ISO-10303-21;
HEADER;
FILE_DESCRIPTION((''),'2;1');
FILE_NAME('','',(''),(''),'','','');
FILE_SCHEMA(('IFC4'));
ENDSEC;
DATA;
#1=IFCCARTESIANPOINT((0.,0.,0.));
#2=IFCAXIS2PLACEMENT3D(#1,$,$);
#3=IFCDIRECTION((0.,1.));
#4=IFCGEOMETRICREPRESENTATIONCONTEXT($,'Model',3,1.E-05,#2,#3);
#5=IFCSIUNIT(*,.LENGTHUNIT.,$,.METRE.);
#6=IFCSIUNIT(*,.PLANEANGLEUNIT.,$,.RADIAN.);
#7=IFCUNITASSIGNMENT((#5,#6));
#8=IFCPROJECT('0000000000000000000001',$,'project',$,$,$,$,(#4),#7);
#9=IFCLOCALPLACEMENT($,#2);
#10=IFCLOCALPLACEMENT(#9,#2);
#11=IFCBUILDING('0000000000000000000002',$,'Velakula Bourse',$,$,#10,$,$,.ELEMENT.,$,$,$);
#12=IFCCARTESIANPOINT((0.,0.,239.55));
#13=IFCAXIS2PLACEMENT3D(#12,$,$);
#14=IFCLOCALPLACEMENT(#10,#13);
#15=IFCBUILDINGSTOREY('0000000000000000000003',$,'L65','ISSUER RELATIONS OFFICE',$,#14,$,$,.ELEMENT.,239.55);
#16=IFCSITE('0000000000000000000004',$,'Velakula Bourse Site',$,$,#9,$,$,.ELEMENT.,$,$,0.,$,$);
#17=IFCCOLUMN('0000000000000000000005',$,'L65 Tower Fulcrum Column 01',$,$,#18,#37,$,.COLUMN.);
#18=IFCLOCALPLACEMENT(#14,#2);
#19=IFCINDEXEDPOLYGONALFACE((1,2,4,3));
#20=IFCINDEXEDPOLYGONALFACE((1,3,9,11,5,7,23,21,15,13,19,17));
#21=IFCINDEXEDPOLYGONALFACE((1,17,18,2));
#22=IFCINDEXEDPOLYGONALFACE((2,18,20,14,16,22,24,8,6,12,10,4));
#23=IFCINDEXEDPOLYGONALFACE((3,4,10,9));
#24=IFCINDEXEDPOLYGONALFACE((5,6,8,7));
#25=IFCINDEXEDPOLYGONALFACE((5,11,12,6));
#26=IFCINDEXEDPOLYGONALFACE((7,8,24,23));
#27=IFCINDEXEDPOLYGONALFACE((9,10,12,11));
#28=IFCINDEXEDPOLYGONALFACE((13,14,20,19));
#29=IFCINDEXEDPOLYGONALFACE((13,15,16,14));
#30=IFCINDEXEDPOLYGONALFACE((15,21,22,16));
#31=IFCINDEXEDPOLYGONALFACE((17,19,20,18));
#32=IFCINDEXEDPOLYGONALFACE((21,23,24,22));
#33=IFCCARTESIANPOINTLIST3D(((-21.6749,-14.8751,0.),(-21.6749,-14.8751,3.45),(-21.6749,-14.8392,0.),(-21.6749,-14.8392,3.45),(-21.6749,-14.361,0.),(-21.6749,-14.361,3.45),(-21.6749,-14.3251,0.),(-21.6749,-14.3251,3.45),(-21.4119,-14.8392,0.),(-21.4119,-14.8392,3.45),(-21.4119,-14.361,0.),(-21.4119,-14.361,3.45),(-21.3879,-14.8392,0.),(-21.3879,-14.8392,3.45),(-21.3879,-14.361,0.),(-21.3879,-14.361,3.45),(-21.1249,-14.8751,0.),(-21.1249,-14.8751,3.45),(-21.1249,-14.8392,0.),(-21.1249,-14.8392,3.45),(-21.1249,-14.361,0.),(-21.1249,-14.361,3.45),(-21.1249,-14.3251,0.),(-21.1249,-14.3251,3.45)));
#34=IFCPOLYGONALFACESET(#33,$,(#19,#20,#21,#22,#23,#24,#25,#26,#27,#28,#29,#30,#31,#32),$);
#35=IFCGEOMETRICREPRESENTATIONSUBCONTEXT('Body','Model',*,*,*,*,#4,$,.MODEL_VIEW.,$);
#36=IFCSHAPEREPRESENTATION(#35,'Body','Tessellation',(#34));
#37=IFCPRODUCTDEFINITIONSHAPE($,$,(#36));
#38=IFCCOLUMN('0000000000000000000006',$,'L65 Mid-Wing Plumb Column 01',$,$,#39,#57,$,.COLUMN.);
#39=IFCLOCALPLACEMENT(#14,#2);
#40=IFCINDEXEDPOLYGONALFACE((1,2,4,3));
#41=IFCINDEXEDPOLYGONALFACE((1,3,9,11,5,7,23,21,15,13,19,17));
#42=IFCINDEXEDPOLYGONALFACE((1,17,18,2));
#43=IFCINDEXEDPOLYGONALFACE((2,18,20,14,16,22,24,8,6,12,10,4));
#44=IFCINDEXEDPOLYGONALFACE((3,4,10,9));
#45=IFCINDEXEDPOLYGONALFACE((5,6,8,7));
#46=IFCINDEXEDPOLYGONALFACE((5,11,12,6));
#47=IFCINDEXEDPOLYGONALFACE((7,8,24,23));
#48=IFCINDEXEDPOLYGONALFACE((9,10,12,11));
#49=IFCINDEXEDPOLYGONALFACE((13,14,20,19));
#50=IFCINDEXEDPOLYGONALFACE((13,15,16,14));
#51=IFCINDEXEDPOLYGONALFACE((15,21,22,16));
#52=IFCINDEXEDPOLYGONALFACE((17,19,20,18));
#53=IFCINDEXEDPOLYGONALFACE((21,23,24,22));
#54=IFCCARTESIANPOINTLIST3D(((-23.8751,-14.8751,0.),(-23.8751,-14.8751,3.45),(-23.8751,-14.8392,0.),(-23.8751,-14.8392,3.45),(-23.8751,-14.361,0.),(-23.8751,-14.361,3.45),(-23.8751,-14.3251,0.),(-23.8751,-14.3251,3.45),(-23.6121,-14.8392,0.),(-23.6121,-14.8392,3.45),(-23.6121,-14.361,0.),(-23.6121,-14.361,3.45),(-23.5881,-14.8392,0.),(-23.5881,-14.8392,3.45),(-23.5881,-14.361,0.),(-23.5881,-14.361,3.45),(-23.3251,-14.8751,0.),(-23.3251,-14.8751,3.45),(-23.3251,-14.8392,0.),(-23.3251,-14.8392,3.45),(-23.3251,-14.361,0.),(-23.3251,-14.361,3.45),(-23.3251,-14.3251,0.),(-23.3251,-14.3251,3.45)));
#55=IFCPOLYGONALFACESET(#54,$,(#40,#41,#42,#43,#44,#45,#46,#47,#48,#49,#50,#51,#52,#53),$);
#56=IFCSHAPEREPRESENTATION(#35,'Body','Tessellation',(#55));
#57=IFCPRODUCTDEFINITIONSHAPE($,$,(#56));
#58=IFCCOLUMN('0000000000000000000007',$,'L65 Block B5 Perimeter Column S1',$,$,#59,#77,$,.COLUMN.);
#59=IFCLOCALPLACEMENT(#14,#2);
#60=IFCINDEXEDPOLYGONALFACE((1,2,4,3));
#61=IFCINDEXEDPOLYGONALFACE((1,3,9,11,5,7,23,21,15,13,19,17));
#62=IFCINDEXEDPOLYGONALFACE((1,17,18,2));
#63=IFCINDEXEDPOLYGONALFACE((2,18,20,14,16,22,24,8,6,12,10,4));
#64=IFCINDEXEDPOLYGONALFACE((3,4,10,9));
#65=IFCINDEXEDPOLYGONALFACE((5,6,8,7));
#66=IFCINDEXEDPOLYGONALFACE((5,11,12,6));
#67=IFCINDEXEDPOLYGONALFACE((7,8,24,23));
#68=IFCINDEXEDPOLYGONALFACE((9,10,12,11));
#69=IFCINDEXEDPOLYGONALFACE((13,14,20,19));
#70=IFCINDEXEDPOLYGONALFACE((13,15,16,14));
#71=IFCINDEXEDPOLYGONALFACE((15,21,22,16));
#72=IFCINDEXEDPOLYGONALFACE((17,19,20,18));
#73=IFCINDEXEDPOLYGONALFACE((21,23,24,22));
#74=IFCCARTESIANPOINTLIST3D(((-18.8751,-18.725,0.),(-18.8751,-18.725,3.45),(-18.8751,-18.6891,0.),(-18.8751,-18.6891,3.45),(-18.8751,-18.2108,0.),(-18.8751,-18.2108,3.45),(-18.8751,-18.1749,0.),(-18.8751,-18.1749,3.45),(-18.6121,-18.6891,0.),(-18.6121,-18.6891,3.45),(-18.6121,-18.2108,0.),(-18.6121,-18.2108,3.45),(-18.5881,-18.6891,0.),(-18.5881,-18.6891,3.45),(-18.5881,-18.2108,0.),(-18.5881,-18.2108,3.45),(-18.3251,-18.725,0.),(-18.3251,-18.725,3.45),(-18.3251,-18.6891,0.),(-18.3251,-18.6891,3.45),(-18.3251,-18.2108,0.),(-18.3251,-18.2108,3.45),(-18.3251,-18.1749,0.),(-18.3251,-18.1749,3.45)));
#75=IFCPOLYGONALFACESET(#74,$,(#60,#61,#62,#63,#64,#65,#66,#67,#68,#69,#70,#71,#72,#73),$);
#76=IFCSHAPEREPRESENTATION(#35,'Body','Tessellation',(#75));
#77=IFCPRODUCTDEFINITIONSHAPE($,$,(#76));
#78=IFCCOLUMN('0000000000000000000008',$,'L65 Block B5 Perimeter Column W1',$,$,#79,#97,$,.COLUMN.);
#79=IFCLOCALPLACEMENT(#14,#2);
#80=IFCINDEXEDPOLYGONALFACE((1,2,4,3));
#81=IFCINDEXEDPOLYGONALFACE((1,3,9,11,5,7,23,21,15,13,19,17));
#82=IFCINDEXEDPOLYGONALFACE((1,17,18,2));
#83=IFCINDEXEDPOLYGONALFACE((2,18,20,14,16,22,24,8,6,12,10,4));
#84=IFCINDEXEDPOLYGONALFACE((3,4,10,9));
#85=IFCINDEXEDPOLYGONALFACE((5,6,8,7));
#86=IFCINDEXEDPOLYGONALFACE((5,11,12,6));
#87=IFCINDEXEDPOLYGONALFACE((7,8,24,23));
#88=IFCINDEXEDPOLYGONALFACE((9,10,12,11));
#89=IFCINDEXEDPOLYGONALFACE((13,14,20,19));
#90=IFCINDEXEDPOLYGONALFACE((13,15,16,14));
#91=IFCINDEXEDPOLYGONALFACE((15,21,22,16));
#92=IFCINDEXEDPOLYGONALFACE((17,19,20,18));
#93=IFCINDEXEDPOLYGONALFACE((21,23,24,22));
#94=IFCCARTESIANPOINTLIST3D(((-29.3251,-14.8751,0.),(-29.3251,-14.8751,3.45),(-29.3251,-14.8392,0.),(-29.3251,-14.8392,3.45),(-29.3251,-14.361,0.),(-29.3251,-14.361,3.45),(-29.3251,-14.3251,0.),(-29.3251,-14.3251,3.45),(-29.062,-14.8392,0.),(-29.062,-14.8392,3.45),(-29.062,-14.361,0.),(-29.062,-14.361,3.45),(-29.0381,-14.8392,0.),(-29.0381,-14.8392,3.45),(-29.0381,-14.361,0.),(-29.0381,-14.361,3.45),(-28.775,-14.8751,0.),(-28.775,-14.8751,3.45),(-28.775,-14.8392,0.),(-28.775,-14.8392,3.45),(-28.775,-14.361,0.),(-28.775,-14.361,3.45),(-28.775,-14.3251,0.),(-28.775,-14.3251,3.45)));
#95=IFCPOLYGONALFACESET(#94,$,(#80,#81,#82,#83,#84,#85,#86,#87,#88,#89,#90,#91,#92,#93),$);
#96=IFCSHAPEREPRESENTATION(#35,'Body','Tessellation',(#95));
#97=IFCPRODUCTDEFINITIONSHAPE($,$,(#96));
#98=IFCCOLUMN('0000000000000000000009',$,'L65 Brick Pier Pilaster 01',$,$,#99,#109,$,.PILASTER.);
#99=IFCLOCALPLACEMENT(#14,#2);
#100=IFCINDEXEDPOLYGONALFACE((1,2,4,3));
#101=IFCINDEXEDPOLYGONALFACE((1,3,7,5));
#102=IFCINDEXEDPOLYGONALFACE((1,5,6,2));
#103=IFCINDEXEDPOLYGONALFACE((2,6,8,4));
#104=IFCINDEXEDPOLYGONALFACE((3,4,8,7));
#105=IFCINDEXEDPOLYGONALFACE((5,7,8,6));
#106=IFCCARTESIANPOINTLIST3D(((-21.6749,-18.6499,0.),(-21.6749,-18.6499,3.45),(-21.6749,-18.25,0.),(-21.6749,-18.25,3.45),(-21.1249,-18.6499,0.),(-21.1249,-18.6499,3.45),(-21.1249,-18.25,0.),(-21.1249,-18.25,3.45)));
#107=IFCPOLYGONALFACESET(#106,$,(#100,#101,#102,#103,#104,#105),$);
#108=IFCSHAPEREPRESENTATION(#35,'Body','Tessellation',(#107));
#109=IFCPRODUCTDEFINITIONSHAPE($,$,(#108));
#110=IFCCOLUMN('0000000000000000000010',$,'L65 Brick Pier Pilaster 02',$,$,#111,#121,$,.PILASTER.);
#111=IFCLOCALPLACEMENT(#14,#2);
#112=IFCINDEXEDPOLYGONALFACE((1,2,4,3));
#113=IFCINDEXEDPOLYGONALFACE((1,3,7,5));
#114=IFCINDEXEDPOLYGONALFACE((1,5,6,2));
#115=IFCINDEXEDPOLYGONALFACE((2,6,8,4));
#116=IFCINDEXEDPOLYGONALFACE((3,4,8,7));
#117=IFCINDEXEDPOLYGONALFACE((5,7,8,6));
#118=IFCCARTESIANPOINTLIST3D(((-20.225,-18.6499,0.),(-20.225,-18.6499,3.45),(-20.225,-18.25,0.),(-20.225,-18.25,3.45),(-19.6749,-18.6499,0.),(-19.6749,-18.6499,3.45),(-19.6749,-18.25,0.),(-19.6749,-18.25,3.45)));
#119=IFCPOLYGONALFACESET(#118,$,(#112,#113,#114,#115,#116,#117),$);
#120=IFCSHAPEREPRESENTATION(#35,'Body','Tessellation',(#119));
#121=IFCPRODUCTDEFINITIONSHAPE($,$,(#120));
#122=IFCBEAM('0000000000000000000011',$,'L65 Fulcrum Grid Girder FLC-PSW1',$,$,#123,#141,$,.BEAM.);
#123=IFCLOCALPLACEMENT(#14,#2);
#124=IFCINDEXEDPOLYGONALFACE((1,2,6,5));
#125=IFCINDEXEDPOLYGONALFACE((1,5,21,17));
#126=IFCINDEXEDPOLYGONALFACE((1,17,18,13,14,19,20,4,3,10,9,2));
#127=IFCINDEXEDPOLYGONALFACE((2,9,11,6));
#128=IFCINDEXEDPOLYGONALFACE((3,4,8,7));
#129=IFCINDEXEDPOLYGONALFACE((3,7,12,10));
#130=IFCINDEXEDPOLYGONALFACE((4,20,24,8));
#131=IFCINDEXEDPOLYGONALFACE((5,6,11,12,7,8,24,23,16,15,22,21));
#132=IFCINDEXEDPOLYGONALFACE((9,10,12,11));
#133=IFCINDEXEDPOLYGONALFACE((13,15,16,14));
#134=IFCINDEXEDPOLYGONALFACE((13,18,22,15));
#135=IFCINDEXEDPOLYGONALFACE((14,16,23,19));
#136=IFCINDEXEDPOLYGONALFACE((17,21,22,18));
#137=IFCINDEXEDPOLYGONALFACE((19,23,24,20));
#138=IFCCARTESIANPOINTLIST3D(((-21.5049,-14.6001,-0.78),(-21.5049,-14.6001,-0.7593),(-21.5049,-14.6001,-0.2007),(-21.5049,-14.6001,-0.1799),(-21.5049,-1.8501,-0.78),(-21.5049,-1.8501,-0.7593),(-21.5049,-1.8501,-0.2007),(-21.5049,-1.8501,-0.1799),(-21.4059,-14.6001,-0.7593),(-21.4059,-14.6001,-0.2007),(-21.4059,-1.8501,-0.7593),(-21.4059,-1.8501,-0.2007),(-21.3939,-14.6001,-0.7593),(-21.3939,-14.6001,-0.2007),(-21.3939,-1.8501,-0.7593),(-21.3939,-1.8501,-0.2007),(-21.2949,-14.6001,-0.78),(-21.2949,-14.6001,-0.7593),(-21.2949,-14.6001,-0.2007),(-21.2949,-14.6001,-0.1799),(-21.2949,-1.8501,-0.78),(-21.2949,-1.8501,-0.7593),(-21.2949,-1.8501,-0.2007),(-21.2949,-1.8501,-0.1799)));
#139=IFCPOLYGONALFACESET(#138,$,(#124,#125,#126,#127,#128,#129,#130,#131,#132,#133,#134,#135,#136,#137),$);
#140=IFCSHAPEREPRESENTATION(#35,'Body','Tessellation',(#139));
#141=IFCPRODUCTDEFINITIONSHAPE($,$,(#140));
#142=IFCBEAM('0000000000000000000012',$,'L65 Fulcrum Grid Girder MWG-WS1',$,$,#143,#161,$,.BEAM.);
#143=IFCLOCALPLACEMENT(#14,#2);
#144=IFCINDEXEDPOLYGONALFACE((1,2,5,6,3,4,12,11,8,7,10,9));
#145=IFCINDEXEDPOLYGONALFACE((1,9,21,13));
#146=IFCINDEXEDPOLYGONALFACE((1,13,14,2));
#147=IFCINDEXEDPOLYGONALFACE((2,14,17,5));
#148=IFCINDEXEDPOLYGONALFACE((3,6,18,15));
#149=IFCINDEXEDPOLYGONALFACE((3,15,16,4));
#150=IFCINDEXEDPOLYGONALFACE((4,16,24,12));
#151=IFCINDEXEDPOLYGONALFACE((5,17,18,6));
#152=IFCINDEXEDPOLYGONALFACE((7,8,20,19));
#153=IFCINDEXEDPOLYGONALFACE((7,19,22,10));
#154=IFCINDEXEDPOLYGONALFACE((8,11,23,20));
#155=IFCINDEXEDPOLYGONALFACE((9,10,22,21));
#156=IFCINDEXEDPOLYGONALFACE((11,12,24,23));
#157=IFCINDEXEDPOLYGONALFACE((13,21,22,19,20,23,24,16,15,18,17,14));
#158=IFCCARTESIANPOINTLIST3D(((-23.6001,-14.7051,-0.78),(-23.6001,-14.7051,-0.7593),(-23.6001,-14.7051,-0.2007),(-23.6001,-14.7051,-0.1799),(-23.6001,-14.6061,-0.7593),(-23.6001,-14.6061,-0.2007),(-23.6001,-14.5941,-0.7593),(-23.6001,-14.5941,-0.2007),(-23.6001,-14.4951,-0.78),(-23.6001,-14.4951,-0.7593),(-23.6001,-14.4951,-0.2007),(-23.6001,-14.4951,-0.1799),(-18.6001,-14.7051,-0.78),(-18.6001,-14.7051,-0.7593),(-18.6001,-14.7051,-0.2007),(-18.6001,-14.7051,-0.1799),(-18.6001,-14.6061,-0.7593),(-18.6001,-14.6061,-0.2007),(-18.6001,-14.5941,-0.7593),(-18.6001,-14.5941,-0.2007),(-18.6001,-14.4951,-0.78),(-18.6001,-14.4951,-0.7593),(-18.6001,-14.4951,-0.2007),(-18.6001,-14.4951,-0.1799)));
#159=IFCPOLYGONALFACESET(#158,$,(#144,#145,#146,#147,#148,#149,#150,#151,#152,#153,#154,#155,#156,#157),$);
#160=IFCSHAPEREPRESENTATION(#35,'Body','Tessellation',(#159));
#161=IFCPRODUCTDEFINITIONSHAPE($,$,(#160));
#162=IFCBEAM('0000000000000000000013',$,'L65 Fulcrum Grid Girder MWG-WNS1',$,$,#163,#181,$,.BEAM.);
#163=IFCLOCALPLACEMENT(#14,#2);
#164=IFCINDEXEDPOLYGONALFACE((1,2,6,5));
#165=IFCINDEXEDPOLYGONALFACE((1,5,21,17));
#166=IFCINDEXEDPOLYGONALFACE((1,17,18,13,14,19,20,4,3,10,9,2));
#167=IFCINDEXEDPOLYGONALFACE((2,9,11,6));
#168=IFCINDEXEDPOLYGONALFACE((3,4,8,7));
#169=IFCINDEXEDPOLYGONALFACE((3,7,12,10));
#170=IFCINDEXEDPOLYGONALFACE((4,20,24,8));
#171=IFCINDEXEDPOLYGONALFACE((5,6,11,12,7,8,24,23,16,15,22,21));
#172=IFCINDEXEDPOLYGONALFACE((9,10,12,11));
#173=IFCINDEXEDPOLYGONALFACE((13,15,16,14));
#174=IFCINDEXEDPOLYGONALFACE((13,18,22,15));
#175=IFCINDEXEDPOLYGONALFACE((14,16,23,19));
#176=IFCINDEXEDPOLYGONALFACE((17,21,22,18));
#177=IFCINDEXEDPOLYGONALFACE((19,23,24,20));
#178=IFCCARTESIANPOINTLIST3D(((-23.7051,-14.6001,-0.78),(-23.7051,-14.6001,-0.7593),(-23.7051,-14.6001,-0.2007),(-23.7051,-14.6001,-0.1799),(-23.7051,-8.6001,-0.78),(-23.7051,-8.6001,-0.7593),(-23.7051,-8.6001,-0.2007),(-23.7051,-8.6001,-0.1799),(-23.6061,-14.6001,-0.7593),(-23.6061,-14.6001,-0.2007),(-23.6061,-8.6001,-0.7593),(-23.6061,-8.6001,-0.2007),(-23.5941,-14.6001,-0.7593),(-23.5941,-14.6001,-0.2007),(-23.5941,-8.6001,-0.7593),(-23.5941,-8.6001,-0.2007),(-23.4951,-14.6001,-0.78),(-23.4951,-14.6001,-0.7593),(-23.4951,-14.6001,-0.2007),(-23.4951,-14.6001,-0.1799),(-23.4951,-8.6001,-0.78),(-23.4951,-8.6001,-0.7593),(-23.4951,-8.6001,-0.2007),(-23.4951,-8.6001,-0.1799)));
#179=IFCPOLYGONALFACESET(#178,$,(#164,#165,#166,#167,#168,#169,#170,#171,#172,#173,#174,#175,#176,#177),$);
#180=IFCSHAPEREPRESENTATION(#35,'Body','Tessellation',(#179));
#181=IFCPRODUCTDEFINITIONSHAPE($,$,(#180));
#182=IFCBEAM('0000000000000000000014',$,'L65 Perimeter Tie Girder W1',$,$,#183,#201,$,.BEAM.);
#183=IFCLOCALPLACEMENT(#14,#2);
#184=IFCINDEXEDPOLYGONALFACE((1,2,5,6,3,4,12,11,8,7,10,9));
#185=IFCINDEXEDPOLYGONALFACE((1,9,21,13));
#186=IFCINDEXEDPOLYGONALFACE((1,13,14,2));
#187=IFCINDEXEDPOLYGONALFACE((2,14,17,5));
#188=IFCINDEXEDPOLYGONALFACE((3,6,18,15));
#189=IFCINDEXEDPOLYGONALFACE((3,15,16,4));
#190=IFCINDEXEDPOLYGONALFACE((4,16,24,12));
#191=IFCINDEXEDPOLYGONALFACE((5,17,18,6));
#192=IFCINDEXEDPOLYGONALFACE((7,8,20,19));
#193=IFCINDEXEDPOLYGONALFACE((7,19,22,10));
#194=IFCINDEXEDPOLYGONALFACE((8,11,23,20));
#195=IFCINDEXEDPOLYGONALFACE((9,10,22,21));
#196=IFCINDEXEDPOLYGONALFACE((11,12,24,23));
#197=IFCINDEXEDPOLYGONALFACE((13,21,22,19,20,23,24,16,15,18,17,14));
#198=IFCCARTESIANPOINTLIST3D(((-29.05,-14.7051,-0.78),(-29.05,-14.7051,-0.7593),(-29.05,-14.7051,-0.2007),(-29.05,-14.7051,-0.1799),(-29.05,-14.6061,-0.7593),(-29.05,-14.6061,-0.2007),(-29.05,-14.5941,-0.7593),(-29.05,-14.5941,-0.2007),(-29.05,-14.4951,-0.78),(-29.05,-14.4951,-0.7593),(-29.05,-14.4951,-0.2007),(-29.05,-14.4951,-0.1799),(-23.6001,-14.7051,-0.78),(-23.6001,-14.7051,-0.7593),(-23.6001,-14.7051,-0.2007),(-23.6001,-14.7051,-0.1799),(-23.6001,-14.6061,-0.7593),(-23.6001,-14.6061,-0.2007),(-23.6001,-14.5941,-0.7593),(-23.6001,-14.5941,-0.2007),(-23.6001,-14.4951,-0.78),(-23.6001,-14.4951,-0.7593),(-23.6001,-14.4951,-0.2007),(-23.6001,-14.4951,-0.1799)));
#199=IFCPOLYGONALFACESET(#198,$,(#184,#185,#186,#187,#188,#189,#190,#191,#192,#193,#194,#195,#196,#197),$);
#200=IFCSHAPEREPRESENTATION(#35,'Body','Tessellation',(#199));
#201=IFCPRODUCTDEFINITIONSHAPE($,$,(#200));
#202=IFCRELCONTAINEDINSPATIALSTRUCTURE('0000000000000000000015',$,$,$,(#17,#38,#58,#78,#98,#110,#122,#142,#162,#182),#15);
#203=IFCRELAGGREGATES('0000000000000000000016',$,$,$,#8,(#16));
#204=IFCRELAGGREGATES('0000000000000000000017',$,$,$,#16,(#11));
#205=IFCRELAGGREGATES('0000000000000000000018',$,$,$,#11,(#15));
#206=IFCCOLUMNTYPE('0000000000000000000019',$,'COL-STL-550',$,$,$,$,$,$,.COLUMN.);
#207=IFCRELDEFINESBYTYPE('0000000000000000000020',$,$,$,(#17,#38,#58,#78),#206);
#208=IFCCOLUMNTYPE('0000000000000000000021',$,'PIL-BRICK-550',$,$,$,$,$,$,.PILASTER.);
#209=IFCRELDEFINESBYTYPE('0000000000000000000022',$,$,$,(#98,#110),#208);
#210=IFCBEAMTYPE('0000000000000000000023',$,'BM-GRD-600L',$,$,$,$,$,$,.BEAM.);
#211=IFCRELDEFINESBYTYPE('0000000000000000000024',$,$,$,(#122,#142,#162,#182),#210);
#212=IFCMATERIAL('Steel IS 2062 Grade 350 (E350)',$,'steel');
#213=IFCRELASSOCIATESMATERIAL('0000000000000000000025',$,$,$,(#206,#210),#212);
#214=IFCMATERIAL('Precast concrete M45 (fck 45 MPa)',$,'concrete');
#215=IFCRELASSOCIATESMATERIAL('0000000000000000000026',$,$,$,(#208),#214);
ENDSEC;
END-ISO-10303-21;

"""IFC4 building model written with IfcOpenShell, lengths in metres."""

from ifc_helpers import new_model, si_unit, direction, frame, origin, origin_2d, place, context, subcontext, project, spatial, rectangle, i_section, extrude, material, material_profile, profile_set, type_object, element, save


model = new_model("IFC4")

# Units and contexts
model_context = context("Model", 3, precision=1e-05, world=origin(), true_north=direction((0.0, 1.0)))
body_context = subcontext(model_context, "Body", "Model", "MODEL_VIEW")
ifc_project = project(units=[si_unit("LENGTHUNIT", "METRE"), si_unit("PLANEANGLEUNIT", "RADIAN")], contexts=[model_context])

# Site, building, storey
site_placement = place(None, origin())
site = spatial("IfcSite", under=ifc_project, at=site_placement, Name="Velakula Bourse Site", CompositionType="ELEMENT", RefElevation=0.0)
building_placement = place(site_placement, origin())
building = spatial("IfcBuilding", under=site, at=building_placement, Name="Velakula Bourse", CompositionType="ELEMENT")
storey_placement = place(building_placement, frame((0.0, 0.0, 239.55)))
storey = spatial("IfcBuildingStorey", under=building, at=storey_placement, Name="L65", Description="ISSUER RELATIONS OFFICE", CompositionType="ELEMENT", Elevation=239.55)

# Columns
ifc_material_1 = material(Name="Steel IS 2062 Grade 350 (E350)", Category="steel")
ifc_material_profile_1 = material_profile(ifc_material_1, i_section(OverallWidth=0.55, OverallDepth=0.55, WebThickness=0.0239, FlangeThickness=0.0359, at=origin_2d()), Name="Steel IS 2062 Grade 350 (E350)")
ifc_profile_set_1 = profile_set([ifc_material_profile_1], Name="Steel IS 2062 Grade 350 (E350)")
column_type_1 = type_object("IfcColumnType", Name="COL-STL-550", PredefinedType="COLUMN", material=ifc_profile_set_1)
for number, where, z_axis, x_axis, name in (
    (1, (-21.3999, -14.6001, 0.0), (0.0, 0.0, 1.0), (1.0, 0.0, 0.0), "L65 Tower Fulcrum Column 01"),
    (2, (-23.6001, -14.6001, 0.0), (0.0, 0.0, 1.0), (1.0, 0.0, 0.0), "L65 Mid-Wing Plumb Column 01"),
    (3, (-18.6001, -18.45, 0.0), (0.0, 0.0, 1.0), (1.0, 0.0, 0.0), "L65 Block B5 Perimeter Column S1"),
    (4, (-29.05, -14.6001, 0.0), (0.0, 0.0, 1.0), (1.0, 0.0, 0.0), "L65 Block B5 Perimeter Column W1"),
):
    element("IfcColumn", number, at=place(storey_placement, frame(where, z_axis=z_axis, x_axis=x_axis)), inside=storey, type_object=column_type_1, Name=name, PredefinedType="COLUMN", context=body_context, shape_type="SweptSolid", body=[
        extrude(i_section(OverallWidth=0.55, OverallDepth=0.55, WebThickness=0.0239, FlangeThickness=0.0359, at=origin_2d()), origin(), (0.0, 0.0, 1.0), 3.45),
    ])
ifc_material_2 = material(Name="Precast concrete M45 (fck 45 MPa)", Category="concrete")
ifc_material_profile_2 = material_profile(ifc_material_2, rectangle(XDim=0.55, YDim=0.3999, at=origin_2d()), Name="Precast concrete M45 (fck 45 MPa)")
ifc_profile_set_2 = profile_set([ifc_material_profile_2], Name="Precast concrete M45 (fck 45 MPa)")
column_type_2 = type_object("IfcColumnType", Name="PIL-BRICK-550", PredefinedType="PILASTER", material=ifc_profile_set_2)
for number, where, z_axis, x_axis, name in (
    (5, (-21.3999, -18.45, 0.0), (0.0, 0.0, 1.0), (1.0, 0.0, 0.0), "L65 Brick Pier Pilaster 01"),
    (6, (-19.95, -18.45, 0.0), (0.0, 0.0, 1.0), (1.0, 0.0, 0.0), "L65 Brick Pier Pilaster 02"),
):
    element("IfcColumn", number, at=place(storey_placement, frame(where, z_axis=z_axis, x_axis=x_axis)), inside=storey, type_object=column_type_2, Name=name, PredefinedType="PILASTER", context=body_context, shape_type="SweptSolid", body=[
        extrude(rectangle(XDim=0.55, YDim=0.3999, at=origin_2d()), origin(), (0.0, 0.0, 1.0), 3.45),
    ])

# Beams
ifc_material_profile_3 = material_profile(ifc_material_1, i_section(OverallWidth=0.21, OverallDepth=0.6001, WebThickness=0.012, FlangeThickness=0.0208, at=origin_2d()), Name="Steel IS 2062 Grade 350 (E350)")
ifc_profile_set_3 = profile_set([ifc_material_profile_3], Name="Steel IS 2062 Grade 350 (E350)")
beam_type_1 = type_object("IfcBeamType", Name="BM-GRD-600L", PredefinedType="BEAM", material=ifc_profile_set_3)
beam_1_placement = place(storey_placement, frame((-21.3999, -14.6001, -0.48), z_axis=(0.0, 1.0, 0.0), x_axis=(-1.0, 0.0, 0.0)))
element("IfcBeam", 7, at=beam_1_placement, inside=storey, type_object=beam_type_1, Name="L65 Fulcrum Grid Girder FLC-PSW1", PredefinedType="BEAM", context=body_context, shape_type="SweptSolid", body=[
    extrude(i_section(OverallWidth=0.21, OverallDepth=0.6001, WebThickness=0.012, FlangeThickness=0.0208, at=origin_2d()), origin(), (0.0, 0.0, 1.0), 12.75),
])
beam_2_placement = place(storey_placement, frame((-23.6001, -14.6001, -0.48), z_axis=(1.0, 0.0, 0.0), x_axis=(0.0, 1.0, 0.0)))
element("IfcBeam", 8, at=beam_2_placement, inside=storey, type_object=beam_type_1, Name="L65 Fulcrum Grid Girder MWG-WS1", PredefinedType="BEAM", context=body_context, shape_type="SweptSolid", body=[
    extrude(i_section(OverallWidth=0.21, OverallDepth=0.6001, WebThickness=0.012, FlangeThickness=0.0208, at=origin_2d()), origin(), (0.0, 0.0, 1.0), 5.0),
])
beam_3_placement = place(storey_placement, frame((-23.6001, -14.6001, -0.48), z_axis=(0.0, 1.0, 0.0), x_axis=(-1.0, 0.0, 0.0)))
element("IfcBeam", 9, at=beam_3_placement, inside=storey, type_object=beam_type_1, Name="L65 Fulcrum Grid Girder MWG-WNS1", PredefinedType="BEAM", context=body_context, shape_type="SweptSolid", body=[
    extrude(i_section(OverallWidth=0.21, OverallDepth=0.6001, WebThickness=0.012, FlangeThickness=0.0208, at=origin_2d()), origin(), (0.0, 0.0, 1.0), 6.0),
])
beam_4_placement = place(storey_placement, frame((-23.6001, -14.6001, -0.48), z_axis=(-1.0, 0.0, 0.0), x_axis=(0.0, -1.0, 0.0)))
element("IfcBeam", 10, at=beam_4_placement, inside=storey, type_object=beam_type_1, Name="L65 Perimeter Tie Girder W1", PredefinedType="BEAM", context=body_context, shape_type="SweptSolid", body=[
    extrude(i_section(OverallWidth=0.21, OverallDepth=0.6001, WebThickness=0.012, FlangeThickness=0.0208, at=origin_2d()), origin(), (0.0, 0.0, 1.0), 5.45),
])

save(model, "model.ifc")
